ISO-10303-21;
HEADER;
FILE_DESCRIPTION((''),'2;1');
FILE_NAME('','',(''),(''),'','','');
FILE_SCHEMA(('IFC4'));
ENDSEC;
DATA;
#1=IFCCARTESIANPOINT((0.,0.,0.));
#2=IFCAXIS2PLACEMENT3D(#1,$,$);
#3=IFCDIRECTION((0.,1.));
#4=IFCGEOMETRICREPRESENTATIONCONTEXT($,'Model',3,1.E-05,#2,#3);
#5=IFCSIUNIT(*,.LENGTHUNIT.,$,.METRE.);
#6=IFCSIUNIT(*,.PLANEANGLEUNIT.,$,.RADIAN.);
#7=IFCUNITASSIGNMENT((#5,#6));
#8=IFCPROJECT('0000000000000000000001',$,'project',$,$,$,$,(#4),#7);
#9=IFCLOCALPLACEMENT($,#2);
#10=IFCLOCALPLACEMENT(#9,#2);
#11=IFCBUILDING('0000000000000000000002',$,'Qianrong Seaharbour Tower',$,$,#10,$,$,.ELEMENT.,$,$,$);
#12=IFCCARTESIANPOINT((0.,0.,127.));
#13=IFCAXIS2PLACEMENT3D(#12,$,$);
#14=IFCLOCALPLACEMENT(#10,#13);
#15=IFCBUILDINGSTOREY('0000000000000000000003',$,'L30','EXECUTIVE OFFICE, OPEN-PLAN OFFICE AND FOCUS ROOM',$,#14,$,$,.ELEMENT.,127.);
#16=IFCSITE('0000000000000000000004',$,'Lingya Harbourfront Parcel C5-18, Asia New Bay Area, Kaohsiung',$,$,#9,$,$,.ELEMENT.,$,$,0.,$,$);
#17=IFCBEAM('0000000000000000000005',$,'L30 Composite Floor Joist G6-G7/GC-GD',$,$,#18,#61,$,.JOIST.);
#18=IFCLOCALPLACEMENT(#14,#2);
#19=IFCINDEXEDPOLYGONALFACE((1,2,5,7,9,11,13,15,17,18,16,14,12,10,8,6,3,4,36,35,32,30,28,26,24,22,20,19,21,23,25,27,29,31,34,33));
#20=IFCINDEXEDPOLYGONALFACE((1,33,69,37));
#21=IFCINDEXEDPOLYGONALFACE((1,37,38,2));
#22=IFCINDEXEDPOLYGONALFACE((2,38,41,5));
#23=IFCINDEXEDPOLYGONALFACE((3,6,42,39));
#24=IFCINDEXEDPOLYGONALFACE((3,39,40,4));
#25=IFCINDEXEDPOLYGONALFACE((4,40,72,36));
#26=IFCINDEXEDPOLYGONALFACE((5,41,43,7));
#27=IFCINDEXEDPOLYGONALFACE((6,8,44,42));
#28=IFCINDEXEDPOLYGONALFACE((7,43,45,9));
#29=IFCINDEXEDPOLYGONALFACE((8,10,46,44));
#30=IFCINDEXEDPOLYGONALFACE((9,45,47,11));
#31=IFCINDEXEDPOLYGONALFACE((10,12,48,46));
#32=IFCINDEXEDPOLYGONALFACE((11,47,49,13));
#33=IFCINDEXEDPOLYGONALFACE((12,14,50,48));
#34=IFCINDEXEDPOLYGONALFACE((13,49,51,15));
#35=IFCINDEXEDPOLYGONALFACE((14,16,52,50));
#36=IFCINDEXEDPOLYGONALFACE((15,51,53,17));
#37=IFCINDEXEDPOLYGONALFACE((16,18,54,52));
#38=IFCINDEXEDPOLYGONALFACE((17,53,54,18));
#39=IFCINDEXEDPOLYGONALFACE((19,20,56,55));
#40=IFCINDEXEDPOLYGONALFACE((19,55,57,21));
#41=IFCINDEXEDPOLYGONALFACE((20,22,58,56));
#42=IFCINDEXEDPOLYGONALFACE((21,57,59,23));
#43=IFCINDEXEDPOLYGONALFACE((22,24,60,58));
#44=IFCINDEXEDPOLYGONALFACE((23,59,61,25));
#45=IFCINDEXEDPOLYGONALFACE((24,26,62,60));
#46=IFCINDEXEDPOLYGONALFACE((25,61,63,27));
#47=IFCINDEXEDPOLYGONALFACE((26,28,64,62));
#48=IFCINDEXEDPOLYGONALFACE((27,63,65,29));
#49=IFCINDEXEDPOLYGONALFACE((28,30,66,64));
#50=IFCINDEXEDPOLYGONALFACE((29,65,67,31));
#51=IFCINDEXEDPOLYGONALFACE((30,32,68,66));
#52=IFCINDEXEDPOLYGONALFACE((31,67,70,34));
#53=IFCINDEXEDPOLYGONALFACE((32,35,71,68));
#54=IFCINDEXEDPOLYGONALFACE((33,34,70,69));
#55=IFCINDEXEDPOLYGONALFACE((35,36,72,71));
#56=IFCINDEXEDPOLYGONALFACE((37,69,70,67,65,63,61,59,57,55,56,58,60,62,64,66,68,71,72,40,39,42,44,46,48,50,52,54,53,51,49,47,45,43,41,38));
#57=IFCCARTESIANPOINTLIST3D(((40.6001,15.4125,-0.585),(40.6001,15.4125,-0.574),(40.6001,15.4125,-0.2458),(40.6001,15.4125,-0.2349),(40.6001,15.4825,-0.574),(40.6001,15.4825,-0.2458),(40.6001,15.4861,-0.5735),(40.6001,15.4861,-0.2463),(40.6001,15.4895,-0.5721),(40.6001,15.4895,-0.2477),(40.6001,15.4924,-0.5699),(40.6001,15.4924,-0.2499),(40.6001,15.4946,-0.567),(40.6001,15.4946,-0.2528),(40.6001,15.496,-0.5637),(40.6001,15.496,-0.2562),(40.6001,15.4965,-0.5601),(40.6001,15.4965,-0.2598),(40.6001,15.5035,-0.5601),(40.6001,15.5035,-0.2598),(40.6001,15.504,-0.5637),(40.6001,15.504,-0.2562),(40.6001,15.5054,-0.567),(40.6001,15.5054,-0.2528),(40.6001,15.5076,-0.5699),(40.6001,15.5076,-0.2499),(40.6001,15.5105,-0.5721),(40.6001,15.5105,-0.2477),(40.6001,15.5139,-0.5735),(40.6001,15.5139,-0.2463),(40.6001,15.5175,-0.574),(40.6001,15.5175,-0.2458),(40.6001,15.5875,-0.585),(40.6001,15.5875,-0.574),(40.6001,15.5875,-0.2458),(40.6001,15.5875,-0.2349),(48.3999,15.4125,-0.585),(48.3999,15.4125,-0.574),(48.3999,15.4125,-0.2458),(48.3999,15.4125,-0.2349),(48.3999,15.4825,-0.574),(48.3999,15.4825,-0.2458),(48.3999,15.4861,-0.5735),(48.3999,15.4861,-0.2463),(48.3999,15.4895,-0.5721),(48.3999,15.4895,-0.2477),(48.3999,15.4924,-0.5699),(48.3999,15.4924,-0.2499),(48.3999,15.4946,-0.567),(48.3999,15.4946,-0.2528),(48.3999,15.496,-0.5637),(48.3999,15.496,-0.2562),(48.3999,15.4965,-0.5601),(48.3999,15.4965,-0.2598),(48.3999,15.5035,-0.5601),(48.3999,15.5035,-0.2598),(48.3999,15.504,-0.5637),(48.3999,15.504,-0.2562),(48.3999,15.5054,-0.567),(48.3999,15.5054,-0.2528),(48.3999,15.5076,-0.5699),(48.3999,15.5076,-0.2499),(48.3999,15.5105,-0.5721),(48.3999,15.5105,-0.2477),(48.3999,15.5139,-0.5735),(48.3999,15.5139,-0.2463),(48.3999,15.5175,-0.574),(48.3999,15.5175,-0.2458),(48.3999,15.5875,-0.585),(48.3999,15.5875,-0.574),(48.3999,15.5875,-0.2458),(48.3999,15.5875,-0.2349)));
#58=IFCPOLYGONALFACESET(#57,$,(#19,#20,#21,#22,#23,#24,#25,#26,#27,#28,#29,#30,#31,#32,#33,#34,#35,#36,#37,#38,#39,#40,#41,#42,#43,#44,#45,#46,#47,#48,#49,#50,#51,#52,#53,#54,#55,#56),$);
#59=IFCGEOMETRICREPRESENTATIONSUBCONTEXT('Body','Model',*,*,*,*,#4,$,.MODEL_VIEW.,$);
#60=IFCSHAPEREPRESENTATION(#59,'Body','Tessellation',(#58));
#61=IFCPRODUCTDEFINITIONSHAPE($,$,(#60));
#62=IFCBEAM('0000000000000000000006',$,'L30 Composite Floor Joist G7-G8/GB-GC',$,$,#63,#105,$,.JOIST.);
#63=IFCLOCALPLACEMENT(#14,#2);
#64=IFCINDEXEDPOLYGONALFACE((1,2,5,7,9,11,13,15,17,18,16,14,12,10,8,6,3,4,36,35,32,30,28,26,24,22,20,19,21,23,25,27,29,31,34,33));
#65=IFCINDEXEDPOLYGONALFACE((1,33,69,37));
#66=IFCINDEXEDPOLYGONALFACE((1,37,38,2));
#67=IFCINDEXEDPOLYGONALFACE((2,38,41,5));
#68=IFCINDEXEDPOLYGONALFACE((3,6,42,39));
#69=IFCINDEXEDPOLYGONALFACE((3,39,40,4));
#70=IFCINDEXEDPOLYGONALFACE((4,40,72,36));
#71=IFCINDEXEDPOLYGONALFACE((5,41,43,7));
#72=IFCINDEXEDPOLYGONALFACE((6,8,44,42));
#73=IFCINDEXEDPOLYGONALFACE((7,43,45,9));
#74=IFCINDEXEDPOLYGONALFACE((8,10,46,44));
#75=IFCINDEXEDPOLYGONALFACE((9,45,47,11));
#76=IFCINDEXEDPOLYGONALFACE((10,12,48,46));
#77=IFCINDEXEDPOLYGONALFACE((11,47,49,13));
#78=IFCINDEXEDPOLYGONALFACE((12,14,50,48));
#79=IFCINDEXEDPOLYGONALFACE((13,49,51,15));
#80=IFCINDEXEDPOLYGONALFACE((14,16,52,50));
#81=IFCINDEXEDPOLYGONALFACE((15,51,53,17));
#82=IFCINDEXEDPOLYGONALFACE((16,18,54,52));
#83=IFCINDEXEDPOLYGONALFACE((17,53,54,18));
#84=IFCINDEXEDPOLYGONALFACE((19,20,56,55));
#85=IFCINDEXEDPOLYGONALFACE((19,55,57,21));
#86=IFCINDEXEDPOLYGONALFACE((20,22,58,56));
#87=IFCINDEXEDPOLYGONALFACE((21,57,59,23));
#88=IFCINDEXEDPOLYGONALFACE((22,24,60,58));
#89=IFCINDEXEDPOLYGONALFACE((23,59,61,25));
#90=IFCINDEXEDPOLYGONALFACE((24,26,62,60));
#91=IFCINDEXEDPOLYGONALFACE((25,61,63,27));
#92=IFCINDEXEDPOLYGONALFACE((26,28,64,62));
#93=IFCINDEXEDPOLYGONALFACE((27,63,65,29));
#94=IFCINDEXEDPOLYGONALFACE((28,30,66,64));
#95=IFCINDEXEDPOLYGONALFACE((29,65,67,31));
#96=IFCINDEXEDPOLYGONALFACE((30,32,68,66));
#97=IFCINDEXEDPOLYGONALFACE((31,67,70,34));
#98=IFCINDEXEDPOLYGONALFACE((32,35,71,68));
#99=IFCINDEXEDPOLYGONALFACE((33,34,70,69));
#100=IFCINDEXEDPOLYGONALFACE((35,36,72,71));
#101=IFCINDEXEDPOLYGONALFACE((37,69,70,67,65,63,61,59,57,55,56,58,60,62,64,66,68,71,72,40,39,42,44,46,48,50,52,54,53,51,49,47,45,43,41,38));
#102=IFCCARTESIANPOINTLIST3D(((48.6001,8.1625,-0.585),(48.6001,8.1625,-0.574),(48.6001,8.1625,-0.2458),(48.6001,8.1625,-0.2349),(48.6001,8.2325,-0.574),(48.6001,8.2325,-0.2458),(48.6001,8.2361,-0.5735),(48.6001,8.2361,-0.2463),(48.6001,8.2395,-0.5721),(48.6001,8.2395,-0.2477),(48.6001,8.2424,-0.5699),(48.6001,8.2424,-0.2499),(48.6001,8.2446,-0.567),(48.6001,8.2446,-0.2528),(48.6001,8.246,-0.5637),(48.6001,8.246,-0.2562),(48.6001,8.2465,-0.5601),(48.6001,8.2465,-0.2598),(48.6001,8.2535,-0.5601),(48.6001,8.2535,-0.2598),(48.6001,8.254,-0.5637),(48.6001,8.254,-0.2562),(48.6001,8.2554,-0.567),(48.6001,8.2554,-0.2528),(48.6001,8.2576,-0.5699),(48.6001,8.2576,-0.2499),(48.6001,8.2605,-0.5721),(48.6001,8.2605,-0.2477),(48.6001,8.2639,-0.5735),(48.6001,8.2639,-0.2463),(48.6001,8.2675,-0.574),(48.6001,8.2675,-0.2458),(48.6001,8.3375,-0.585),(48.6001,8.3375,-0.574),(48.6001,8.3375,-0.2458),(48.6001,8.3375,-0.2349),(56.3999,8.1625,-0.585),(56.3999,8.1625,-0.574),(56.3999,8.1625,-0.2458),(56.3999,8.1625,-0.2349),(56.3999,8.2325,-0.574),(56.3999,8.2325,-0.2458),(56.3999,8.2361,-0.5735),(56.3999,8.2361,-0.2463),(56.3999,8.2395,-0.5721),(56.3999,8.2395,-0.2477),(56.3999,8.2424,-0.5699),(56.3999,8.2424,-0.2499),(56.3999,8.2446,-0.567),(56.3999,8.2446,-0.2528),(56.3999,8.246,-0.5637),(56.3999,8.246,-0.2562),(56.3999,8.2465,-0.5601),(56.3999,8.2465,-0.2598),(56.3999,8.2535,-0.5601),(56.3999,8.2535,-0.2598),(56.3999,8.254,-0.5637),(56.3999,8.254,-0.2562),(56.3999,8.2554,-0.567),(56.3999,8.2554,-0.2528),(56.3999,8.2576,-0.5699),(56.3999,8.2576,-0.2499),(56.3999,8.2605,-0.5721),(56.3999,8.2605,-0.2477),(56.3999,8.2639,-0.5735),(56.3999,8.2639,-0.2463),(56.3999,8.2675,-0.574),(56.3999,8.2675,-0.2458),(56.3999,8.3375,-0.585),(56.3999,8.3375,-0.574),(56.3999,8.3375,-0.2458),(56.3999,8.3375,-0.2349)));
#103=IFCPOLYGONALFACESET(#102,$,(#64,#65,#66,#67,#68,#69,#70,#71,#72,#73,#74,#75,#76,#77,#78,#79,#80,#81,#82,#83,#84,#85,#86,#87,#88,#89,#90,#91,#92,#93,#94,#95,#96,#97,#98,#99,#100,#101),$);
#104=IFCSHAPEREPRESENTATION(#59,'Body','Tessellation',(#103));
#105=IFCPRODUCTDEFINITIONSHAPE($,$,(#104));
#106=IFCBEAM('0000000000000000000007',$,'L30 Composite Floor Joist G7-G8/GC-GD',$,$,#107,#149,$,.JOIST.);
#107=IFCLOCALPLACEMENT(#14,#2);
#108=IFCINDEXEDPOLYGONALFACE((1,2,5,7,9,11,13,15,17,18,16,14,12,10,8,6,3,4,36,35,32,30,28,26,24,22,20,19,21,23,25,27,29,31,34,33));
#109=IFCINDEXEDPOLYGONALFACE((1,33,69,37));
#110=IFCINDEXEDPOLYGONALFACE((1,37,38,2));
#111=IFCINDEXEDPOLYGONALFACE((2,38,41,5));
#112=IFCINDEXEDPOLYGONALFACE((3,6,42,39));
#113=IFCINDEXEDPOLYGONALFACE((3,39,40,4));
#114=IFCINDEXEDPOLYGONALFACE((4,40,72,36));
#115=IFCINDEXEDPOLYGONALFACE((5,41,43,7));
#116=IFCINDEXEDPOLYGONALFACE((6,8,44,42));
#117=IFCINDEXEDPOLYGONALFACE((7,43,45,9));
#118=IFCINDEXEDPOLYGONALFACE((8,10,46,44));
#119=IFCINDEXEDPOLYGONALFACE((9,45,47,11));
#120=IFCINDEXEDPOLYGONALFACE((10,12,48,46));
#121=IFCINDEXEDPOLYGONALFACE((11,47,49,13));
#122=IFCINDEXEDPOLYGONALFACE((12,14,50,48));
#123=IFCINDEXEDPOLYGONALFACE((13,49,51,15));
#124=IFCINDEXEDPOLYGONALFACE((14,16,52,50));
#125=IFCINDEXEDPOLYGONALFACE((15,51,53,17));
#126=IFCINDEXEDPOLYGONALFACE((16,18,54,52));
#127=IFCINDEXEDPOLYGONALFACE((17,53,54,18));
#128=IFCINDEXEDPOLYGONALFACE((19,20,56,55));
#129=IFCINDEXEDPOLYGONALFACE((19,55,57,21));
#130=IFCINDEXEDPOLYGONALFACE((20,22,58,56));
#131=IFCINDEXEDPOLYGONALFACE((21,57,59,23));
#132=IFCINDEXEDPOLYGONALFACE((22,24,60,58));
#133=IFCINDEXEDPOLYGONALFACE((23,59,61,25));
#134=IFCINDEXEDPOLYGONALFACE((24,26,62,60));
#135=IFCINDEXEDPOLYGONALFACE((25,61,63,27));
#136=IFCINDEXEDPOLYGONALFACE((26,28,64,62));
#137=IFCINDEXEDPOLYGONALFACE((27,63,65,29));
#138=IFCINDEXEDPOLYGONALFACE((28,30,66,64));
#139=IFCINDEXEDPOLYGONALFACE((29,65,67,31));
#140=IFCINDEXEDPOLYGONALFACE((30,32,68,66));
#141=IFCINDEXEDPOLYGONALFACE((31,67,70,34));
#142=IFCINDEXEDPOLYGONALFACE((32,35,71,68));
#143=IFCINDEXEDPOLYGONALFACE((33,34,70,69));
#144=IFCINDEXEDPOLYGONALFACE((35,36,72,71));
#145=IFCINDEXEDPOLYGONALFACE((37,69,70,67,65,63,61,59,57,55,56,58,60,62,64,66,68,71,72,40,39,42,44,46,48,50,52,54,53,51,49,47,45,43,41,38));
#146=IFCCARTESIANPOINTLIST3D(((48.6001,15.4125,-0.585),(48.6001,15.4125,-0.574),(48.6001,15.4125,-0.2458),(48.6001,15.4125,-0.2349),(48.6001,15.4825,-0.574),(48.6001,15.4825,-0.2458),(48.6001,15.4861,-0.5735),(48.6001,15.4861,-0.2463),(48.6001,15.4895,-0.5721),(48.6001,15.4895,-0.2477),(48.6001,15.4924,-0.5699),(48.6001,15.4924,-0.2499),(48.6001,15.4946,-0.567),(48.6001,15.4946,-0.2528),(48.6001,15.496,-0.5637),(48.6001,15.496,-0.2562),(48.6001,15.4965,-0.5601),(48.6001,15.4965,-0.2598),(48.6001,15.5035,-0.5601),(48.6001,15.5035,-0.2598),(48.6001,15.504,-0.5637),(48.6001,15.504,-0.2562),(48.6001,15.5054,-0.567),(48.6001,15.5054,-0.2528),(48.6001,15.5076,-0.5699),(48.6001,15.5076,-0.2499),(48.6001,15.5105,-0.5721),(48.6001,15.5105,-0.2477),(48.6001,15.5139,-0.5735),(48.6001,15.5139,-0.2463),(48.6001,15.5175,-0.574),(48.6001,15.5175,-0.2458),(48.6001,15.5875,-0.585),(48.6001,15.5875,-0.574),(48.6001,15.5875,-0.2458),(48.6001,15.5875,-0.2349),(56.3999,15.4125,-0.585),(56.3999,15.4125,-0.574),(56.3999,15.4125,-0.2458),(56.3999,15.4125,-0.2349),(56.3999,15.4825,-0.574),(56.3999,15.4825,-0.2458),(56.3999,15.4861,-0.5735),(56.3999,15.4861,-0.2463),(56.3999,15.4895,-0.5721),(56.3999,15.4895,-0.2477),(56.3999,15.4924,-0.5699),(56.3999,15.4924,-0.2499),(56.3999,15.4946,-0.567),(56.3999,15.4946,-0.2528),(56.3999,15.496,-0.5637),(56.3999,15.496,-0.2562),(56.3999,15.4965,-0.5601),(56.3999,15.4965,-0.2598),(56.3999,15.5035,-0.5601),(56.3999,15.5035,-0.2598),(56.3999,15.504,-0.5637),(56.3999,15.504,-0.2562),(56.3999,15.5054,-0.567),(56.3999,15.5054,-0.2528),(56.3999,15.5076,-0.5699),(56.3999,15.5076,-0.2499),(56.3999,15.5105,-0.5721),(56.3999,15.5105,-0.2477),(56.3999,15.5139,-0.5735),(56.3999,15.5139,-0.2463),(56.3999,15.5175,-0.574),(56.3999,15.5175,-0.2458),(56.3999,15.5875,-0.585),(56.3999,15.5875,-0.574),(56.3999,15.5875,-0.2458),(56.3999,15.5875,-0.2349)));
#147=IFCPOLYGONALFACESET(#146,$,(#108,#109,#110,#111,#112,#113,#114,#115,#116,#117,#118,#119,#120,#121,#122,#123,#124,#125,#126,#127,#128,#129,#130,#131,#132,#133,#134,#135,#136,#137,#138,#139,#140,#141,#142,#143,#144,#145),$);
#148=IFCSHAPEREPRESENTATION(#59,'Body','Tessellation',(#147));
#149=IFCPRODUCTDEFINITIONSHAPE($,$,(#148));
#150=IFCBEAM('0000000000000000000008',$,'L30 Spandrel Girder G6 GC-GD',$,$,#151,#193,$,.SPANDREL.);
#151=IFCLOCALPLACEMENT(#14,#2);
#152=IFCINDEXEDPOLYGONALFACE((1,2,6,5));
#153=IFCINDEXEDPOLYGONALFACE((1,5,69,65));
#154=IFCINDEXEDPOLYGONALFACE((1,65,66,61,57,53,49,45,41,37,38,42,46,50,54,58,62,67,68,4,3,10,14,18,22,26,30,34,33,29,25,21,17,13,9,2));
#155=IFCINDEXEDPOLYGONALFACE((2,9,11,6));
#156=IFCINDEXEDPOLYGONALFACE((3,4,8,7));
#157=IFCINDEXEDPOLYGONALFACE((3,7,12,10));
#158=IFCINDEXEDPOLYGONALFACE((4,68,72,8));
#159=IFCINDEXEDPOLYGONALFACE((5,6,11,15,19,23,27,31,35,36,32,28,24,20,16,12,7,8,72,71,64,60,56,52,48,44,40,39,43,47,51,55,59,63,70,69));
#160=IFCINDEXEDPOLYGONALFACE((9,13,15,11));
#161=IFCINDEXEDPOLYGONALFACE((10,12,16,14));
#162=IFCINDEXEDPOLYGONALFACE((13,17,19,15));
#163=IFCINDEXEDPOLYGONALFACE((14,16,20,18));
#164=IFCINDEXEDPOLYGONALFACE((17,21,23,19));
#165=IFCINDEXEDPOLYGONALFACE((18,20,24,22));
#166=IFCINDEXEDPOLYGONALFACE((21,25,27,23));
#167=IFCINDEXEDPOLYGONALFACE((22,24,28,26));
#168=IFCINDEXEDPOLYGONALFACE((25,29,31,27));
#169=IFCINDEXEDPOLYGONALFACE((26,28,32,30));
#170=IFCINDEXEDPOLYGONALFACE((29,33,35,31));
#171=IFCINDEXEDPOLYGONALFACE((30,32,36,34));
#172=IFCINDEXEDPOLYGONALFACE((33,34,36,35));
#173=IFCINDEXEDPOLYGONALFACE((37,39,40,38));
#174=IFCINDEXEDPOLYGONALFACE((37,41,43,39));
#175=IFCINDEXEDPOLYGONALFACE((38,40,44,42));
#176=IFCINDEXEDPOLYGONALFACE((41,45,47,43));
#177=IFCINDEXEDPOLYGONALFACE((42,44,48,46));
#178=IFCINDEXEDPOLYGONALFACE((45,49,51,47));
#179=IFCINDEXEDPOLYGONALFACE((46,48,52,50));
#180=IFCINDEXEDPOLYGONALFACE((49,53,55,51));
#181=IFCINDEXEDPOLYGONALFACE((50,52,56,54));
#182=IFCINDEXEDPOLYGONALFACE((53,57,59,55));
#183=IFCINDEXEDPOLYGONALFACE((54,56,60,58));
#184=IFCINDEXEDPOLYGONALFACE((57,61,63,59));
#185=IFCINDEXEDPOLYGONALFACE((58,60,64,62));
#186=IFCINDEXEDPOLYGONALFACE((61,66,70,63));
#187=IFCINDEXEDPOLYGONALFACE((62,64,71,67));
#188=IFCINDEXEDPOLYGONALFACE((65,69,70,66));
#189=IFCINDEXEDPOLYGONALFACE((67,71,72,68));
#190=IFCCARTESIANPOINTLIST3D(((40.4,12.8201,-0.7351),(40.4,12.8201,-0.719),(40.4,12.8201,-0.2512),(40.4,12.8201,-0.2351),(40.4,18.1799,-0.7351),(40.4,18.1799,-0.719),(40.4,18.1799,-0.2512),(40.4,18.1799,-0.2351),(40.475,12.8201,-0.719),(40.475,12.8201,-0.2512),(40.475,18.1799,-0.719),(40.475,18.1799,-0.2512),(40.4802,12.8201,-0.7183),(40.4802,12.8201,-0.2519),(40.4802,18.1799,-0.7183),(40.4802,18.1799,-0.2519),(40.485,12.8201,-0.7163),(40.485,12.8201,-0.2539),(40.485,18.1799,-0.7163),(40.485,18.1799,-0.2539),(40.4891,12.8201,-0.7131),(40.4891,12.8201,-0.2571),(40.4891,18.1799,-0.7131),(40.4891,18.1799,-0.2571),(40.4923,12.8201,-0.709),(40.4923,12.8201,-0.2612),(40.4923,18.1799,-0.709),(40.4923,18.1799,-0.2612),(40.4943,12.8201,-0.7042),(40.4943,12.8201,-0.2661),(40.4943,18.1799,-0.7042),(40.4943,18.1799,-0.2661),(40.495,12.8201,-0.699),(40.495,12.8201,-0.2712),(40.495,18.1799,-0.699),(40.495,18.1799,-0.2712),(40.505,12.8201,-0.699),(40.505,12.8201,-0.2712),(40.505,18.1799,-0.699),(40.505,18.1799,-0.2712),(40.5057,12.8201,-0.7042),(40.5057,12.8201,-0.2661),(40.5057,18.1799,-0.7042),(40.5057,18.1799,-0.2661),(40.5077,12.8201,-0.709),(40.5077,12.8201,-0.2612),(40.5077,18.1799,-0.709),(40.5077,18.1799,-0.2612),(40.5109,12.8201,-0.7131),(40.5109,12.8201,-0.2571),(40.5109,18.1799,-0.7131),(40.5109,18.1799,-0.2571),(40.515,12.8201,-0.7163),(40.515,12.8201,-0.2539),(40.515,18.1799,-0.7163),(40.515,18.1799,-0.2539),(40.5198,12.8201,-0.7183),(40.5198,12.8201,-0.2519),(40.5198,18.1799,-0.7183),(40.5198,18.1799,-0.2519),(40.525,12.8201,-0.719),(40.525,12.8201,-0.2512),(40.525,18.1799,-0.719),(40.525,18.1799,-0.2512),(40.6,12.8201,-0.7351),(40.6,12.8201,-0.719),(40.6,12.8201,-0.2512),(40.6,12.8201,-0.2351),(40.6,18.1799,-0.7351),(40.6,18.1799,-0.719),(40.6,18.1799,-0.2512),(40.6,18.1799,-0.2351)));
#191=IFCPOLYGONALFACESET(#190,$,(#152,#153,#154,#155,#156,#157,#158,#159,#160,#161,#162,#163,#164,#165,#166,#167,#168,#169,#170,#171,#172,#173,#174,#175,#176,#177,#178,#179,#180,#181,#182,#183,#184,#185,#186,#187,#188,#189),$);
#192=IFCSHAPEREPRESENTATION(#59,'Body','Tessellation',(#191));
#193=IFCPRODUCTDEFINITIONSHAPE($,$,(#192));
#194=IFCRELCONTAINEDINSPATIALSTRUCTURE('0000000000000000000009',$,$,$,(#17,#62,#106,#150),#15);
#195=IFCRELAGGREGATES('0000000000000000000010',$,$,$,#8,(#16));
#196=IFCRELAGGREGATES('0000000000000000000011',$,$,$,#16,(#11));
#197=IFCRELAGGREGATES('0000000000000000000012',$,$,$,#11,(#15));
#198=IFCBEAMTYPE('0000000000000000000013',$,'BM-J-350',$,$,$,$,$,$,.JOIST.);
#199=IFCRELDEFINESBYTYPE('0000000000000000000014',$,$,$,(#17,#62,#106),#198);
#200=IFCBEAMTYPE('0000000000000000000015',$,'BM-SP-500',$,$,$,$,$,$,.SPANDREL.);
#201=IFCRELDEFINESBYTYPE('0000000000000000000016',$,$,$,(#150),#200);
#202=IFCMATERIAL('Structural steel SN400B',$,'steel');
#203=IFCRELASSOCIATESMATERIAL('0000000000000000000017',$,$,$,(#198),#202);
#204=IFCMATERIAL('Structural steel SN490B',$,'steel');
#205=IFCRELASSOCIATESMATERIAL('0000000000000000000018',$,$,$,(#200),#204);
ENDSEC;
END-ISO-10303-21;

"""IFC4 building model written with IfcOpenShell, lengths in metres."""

from ifc_helpers import new_model, si_unit, direction, frame, origin, origin_2d, place, context, subcontext, project, spatial, i_section, extrude, material, material_profile, profile_set, type_object, element, save


model = new_model("IFC4")

# Units and contexts
model_context = context("Model", 3, precision=1e-05, world=origin(), true_north=direction((0.0, 1.0)))
body_context = subcontext(model_context, "Body", "Model", "MODEL_VIEW")
ifc_project = project(units=[si_unit("LENGTHUNIT", "METRE"), si_unit("PLANEANGLEUNIT", "RADIAN")], contexts=[model_context])

# Site, building, storey
site_placement = place(None, origin())
site = spatial("IfcSite", under=ifc_project, at=site_placement, Name="Lingya Harbourfront Parcel C5-18, Asia New Bay Area, Kaohsiung", CompositionType="ELEMENT", RefElevation=0.0)
building_placement = place(site_placement, origin())
building = spatial("IfcBuilding", under=site, at=building_placement, Name="Qianrong Seaharbour Tower", CompositionType="ELEMENT")
storey_placement = place(building_placement, frame((0.0, 0.0, 127.0)))
storey = spatial("IfcBuildingStorey", under=building, at=storey_placement, Name="L30", Description="EXECUTIVE OFFICE, OPEN-PLAN OFFICE AND FOCUS ROOM", CompositionType="ELEMENT", Elevation=127.0)

# Shared definitions
ifc_material_1 = material(Name="Structural steel SN490B", Category="steel")

# Beams
ifc_material_2 = material(Name="Structural steel SN400B", Category="steel")
ifc_material_profile_1 = material_profile(ifc_material_2, i_section(OverallWidth=0.175, OverallDepth=0.3501, WebThickness=0.0071, FlangeThickness=0.011, FilletRadius=0.0139, at=origin_2d()), Name="H350x175x7x11")
ifc_profile_set_1 = profile_set([ifc_material_profile_1], Name="Structural steel SN400B")
beam_type_1 = type_object("IfcBeamType", Name="BM-J-350", PredefinedType="JOIST", material=ifc_profile_set_1)
for number, where, z_axis, x_axis, name in (
    (1, (40.6001, 15.5, -0.4099), (1.0, 0.0, 0.0), (0.0, 1.0, 0.0), "L30 Composite Floor Joist G6-G7/GC-GD"),
    (2, (48.6001, 8.25, -0.4099), (1.0, 0.0, 0.0), (0.0, 1.0, 0.0), "L30 Composite Floor Joist G7-G8/GB-GC"),
    (3, (48.6001, 15.5, -0.4099), (1.0, 0.0, 0.0), (0.0, 1.0, 0.0), "L30 Composite Floor Joist G7-G8/GC-GD"),
):
    element("IfcBeam", number, at=place(storey_placement, frame(where, z_axis=z_axis, x_axis=x_axis)), inside=storey, type_object=beam_type_1, Name=name, PredefinedType="JOIST", context=body_context, shape_type="SweptSolid", body=[
        extrude(i_section(OverallWidth=0.175, OverallDepth=0.3501, WebThickness=0.0071, FlangeThickness=0.011, FilletRadius=0.0139, at=origin_2d()), origin(), (0.0, 0.0, 1.0), 7.7998),
    ])
ifc_material_profile_2 = material_profile(ifc_material_1, i_section(OverallWidth=0.2, OverallDepth=0.5, WebThickness=0.01, FlangeThickness=0.0161, FilletRadius=0.02, at=origin_2d()), Name="H500x200x10x16")
ifc_profile_set_2 = profile_set([ifc_material_profile_2], Name="Structural steel SN490B")
beam_type_2 = type_object("IfcBeamType", Name="BM-SP-500", PredefinedType="SPANDREL", material=ifc_profile_set_2)
beam_1_placement = place(storey_placement, frame((40.5, 12.8201, -0.4851), z_axis=(0.0, 1.0, 0.0), x_axis=(-1.0, 0.0, 0.0)))
element("IfcBeam", 4, at=beam_1_placement, inside=storey, type_object=beam_type_2, Name="L30 Spandrel Girder G6 GC-GD", PredefinedType="SPANDREL", context=body_context, shape_type="SweptSolid", body=[
    extrude(i_section(OverallWidth=0.2, OverallDepth=0.5, WebThickness=0.01, FlangeThickness=0.0161, FilletRadius=0.02, at=origin_2d()), origin(), (0.0, 0.0, 1.0), 5.3599),
])

save(model, "model.ifc")
